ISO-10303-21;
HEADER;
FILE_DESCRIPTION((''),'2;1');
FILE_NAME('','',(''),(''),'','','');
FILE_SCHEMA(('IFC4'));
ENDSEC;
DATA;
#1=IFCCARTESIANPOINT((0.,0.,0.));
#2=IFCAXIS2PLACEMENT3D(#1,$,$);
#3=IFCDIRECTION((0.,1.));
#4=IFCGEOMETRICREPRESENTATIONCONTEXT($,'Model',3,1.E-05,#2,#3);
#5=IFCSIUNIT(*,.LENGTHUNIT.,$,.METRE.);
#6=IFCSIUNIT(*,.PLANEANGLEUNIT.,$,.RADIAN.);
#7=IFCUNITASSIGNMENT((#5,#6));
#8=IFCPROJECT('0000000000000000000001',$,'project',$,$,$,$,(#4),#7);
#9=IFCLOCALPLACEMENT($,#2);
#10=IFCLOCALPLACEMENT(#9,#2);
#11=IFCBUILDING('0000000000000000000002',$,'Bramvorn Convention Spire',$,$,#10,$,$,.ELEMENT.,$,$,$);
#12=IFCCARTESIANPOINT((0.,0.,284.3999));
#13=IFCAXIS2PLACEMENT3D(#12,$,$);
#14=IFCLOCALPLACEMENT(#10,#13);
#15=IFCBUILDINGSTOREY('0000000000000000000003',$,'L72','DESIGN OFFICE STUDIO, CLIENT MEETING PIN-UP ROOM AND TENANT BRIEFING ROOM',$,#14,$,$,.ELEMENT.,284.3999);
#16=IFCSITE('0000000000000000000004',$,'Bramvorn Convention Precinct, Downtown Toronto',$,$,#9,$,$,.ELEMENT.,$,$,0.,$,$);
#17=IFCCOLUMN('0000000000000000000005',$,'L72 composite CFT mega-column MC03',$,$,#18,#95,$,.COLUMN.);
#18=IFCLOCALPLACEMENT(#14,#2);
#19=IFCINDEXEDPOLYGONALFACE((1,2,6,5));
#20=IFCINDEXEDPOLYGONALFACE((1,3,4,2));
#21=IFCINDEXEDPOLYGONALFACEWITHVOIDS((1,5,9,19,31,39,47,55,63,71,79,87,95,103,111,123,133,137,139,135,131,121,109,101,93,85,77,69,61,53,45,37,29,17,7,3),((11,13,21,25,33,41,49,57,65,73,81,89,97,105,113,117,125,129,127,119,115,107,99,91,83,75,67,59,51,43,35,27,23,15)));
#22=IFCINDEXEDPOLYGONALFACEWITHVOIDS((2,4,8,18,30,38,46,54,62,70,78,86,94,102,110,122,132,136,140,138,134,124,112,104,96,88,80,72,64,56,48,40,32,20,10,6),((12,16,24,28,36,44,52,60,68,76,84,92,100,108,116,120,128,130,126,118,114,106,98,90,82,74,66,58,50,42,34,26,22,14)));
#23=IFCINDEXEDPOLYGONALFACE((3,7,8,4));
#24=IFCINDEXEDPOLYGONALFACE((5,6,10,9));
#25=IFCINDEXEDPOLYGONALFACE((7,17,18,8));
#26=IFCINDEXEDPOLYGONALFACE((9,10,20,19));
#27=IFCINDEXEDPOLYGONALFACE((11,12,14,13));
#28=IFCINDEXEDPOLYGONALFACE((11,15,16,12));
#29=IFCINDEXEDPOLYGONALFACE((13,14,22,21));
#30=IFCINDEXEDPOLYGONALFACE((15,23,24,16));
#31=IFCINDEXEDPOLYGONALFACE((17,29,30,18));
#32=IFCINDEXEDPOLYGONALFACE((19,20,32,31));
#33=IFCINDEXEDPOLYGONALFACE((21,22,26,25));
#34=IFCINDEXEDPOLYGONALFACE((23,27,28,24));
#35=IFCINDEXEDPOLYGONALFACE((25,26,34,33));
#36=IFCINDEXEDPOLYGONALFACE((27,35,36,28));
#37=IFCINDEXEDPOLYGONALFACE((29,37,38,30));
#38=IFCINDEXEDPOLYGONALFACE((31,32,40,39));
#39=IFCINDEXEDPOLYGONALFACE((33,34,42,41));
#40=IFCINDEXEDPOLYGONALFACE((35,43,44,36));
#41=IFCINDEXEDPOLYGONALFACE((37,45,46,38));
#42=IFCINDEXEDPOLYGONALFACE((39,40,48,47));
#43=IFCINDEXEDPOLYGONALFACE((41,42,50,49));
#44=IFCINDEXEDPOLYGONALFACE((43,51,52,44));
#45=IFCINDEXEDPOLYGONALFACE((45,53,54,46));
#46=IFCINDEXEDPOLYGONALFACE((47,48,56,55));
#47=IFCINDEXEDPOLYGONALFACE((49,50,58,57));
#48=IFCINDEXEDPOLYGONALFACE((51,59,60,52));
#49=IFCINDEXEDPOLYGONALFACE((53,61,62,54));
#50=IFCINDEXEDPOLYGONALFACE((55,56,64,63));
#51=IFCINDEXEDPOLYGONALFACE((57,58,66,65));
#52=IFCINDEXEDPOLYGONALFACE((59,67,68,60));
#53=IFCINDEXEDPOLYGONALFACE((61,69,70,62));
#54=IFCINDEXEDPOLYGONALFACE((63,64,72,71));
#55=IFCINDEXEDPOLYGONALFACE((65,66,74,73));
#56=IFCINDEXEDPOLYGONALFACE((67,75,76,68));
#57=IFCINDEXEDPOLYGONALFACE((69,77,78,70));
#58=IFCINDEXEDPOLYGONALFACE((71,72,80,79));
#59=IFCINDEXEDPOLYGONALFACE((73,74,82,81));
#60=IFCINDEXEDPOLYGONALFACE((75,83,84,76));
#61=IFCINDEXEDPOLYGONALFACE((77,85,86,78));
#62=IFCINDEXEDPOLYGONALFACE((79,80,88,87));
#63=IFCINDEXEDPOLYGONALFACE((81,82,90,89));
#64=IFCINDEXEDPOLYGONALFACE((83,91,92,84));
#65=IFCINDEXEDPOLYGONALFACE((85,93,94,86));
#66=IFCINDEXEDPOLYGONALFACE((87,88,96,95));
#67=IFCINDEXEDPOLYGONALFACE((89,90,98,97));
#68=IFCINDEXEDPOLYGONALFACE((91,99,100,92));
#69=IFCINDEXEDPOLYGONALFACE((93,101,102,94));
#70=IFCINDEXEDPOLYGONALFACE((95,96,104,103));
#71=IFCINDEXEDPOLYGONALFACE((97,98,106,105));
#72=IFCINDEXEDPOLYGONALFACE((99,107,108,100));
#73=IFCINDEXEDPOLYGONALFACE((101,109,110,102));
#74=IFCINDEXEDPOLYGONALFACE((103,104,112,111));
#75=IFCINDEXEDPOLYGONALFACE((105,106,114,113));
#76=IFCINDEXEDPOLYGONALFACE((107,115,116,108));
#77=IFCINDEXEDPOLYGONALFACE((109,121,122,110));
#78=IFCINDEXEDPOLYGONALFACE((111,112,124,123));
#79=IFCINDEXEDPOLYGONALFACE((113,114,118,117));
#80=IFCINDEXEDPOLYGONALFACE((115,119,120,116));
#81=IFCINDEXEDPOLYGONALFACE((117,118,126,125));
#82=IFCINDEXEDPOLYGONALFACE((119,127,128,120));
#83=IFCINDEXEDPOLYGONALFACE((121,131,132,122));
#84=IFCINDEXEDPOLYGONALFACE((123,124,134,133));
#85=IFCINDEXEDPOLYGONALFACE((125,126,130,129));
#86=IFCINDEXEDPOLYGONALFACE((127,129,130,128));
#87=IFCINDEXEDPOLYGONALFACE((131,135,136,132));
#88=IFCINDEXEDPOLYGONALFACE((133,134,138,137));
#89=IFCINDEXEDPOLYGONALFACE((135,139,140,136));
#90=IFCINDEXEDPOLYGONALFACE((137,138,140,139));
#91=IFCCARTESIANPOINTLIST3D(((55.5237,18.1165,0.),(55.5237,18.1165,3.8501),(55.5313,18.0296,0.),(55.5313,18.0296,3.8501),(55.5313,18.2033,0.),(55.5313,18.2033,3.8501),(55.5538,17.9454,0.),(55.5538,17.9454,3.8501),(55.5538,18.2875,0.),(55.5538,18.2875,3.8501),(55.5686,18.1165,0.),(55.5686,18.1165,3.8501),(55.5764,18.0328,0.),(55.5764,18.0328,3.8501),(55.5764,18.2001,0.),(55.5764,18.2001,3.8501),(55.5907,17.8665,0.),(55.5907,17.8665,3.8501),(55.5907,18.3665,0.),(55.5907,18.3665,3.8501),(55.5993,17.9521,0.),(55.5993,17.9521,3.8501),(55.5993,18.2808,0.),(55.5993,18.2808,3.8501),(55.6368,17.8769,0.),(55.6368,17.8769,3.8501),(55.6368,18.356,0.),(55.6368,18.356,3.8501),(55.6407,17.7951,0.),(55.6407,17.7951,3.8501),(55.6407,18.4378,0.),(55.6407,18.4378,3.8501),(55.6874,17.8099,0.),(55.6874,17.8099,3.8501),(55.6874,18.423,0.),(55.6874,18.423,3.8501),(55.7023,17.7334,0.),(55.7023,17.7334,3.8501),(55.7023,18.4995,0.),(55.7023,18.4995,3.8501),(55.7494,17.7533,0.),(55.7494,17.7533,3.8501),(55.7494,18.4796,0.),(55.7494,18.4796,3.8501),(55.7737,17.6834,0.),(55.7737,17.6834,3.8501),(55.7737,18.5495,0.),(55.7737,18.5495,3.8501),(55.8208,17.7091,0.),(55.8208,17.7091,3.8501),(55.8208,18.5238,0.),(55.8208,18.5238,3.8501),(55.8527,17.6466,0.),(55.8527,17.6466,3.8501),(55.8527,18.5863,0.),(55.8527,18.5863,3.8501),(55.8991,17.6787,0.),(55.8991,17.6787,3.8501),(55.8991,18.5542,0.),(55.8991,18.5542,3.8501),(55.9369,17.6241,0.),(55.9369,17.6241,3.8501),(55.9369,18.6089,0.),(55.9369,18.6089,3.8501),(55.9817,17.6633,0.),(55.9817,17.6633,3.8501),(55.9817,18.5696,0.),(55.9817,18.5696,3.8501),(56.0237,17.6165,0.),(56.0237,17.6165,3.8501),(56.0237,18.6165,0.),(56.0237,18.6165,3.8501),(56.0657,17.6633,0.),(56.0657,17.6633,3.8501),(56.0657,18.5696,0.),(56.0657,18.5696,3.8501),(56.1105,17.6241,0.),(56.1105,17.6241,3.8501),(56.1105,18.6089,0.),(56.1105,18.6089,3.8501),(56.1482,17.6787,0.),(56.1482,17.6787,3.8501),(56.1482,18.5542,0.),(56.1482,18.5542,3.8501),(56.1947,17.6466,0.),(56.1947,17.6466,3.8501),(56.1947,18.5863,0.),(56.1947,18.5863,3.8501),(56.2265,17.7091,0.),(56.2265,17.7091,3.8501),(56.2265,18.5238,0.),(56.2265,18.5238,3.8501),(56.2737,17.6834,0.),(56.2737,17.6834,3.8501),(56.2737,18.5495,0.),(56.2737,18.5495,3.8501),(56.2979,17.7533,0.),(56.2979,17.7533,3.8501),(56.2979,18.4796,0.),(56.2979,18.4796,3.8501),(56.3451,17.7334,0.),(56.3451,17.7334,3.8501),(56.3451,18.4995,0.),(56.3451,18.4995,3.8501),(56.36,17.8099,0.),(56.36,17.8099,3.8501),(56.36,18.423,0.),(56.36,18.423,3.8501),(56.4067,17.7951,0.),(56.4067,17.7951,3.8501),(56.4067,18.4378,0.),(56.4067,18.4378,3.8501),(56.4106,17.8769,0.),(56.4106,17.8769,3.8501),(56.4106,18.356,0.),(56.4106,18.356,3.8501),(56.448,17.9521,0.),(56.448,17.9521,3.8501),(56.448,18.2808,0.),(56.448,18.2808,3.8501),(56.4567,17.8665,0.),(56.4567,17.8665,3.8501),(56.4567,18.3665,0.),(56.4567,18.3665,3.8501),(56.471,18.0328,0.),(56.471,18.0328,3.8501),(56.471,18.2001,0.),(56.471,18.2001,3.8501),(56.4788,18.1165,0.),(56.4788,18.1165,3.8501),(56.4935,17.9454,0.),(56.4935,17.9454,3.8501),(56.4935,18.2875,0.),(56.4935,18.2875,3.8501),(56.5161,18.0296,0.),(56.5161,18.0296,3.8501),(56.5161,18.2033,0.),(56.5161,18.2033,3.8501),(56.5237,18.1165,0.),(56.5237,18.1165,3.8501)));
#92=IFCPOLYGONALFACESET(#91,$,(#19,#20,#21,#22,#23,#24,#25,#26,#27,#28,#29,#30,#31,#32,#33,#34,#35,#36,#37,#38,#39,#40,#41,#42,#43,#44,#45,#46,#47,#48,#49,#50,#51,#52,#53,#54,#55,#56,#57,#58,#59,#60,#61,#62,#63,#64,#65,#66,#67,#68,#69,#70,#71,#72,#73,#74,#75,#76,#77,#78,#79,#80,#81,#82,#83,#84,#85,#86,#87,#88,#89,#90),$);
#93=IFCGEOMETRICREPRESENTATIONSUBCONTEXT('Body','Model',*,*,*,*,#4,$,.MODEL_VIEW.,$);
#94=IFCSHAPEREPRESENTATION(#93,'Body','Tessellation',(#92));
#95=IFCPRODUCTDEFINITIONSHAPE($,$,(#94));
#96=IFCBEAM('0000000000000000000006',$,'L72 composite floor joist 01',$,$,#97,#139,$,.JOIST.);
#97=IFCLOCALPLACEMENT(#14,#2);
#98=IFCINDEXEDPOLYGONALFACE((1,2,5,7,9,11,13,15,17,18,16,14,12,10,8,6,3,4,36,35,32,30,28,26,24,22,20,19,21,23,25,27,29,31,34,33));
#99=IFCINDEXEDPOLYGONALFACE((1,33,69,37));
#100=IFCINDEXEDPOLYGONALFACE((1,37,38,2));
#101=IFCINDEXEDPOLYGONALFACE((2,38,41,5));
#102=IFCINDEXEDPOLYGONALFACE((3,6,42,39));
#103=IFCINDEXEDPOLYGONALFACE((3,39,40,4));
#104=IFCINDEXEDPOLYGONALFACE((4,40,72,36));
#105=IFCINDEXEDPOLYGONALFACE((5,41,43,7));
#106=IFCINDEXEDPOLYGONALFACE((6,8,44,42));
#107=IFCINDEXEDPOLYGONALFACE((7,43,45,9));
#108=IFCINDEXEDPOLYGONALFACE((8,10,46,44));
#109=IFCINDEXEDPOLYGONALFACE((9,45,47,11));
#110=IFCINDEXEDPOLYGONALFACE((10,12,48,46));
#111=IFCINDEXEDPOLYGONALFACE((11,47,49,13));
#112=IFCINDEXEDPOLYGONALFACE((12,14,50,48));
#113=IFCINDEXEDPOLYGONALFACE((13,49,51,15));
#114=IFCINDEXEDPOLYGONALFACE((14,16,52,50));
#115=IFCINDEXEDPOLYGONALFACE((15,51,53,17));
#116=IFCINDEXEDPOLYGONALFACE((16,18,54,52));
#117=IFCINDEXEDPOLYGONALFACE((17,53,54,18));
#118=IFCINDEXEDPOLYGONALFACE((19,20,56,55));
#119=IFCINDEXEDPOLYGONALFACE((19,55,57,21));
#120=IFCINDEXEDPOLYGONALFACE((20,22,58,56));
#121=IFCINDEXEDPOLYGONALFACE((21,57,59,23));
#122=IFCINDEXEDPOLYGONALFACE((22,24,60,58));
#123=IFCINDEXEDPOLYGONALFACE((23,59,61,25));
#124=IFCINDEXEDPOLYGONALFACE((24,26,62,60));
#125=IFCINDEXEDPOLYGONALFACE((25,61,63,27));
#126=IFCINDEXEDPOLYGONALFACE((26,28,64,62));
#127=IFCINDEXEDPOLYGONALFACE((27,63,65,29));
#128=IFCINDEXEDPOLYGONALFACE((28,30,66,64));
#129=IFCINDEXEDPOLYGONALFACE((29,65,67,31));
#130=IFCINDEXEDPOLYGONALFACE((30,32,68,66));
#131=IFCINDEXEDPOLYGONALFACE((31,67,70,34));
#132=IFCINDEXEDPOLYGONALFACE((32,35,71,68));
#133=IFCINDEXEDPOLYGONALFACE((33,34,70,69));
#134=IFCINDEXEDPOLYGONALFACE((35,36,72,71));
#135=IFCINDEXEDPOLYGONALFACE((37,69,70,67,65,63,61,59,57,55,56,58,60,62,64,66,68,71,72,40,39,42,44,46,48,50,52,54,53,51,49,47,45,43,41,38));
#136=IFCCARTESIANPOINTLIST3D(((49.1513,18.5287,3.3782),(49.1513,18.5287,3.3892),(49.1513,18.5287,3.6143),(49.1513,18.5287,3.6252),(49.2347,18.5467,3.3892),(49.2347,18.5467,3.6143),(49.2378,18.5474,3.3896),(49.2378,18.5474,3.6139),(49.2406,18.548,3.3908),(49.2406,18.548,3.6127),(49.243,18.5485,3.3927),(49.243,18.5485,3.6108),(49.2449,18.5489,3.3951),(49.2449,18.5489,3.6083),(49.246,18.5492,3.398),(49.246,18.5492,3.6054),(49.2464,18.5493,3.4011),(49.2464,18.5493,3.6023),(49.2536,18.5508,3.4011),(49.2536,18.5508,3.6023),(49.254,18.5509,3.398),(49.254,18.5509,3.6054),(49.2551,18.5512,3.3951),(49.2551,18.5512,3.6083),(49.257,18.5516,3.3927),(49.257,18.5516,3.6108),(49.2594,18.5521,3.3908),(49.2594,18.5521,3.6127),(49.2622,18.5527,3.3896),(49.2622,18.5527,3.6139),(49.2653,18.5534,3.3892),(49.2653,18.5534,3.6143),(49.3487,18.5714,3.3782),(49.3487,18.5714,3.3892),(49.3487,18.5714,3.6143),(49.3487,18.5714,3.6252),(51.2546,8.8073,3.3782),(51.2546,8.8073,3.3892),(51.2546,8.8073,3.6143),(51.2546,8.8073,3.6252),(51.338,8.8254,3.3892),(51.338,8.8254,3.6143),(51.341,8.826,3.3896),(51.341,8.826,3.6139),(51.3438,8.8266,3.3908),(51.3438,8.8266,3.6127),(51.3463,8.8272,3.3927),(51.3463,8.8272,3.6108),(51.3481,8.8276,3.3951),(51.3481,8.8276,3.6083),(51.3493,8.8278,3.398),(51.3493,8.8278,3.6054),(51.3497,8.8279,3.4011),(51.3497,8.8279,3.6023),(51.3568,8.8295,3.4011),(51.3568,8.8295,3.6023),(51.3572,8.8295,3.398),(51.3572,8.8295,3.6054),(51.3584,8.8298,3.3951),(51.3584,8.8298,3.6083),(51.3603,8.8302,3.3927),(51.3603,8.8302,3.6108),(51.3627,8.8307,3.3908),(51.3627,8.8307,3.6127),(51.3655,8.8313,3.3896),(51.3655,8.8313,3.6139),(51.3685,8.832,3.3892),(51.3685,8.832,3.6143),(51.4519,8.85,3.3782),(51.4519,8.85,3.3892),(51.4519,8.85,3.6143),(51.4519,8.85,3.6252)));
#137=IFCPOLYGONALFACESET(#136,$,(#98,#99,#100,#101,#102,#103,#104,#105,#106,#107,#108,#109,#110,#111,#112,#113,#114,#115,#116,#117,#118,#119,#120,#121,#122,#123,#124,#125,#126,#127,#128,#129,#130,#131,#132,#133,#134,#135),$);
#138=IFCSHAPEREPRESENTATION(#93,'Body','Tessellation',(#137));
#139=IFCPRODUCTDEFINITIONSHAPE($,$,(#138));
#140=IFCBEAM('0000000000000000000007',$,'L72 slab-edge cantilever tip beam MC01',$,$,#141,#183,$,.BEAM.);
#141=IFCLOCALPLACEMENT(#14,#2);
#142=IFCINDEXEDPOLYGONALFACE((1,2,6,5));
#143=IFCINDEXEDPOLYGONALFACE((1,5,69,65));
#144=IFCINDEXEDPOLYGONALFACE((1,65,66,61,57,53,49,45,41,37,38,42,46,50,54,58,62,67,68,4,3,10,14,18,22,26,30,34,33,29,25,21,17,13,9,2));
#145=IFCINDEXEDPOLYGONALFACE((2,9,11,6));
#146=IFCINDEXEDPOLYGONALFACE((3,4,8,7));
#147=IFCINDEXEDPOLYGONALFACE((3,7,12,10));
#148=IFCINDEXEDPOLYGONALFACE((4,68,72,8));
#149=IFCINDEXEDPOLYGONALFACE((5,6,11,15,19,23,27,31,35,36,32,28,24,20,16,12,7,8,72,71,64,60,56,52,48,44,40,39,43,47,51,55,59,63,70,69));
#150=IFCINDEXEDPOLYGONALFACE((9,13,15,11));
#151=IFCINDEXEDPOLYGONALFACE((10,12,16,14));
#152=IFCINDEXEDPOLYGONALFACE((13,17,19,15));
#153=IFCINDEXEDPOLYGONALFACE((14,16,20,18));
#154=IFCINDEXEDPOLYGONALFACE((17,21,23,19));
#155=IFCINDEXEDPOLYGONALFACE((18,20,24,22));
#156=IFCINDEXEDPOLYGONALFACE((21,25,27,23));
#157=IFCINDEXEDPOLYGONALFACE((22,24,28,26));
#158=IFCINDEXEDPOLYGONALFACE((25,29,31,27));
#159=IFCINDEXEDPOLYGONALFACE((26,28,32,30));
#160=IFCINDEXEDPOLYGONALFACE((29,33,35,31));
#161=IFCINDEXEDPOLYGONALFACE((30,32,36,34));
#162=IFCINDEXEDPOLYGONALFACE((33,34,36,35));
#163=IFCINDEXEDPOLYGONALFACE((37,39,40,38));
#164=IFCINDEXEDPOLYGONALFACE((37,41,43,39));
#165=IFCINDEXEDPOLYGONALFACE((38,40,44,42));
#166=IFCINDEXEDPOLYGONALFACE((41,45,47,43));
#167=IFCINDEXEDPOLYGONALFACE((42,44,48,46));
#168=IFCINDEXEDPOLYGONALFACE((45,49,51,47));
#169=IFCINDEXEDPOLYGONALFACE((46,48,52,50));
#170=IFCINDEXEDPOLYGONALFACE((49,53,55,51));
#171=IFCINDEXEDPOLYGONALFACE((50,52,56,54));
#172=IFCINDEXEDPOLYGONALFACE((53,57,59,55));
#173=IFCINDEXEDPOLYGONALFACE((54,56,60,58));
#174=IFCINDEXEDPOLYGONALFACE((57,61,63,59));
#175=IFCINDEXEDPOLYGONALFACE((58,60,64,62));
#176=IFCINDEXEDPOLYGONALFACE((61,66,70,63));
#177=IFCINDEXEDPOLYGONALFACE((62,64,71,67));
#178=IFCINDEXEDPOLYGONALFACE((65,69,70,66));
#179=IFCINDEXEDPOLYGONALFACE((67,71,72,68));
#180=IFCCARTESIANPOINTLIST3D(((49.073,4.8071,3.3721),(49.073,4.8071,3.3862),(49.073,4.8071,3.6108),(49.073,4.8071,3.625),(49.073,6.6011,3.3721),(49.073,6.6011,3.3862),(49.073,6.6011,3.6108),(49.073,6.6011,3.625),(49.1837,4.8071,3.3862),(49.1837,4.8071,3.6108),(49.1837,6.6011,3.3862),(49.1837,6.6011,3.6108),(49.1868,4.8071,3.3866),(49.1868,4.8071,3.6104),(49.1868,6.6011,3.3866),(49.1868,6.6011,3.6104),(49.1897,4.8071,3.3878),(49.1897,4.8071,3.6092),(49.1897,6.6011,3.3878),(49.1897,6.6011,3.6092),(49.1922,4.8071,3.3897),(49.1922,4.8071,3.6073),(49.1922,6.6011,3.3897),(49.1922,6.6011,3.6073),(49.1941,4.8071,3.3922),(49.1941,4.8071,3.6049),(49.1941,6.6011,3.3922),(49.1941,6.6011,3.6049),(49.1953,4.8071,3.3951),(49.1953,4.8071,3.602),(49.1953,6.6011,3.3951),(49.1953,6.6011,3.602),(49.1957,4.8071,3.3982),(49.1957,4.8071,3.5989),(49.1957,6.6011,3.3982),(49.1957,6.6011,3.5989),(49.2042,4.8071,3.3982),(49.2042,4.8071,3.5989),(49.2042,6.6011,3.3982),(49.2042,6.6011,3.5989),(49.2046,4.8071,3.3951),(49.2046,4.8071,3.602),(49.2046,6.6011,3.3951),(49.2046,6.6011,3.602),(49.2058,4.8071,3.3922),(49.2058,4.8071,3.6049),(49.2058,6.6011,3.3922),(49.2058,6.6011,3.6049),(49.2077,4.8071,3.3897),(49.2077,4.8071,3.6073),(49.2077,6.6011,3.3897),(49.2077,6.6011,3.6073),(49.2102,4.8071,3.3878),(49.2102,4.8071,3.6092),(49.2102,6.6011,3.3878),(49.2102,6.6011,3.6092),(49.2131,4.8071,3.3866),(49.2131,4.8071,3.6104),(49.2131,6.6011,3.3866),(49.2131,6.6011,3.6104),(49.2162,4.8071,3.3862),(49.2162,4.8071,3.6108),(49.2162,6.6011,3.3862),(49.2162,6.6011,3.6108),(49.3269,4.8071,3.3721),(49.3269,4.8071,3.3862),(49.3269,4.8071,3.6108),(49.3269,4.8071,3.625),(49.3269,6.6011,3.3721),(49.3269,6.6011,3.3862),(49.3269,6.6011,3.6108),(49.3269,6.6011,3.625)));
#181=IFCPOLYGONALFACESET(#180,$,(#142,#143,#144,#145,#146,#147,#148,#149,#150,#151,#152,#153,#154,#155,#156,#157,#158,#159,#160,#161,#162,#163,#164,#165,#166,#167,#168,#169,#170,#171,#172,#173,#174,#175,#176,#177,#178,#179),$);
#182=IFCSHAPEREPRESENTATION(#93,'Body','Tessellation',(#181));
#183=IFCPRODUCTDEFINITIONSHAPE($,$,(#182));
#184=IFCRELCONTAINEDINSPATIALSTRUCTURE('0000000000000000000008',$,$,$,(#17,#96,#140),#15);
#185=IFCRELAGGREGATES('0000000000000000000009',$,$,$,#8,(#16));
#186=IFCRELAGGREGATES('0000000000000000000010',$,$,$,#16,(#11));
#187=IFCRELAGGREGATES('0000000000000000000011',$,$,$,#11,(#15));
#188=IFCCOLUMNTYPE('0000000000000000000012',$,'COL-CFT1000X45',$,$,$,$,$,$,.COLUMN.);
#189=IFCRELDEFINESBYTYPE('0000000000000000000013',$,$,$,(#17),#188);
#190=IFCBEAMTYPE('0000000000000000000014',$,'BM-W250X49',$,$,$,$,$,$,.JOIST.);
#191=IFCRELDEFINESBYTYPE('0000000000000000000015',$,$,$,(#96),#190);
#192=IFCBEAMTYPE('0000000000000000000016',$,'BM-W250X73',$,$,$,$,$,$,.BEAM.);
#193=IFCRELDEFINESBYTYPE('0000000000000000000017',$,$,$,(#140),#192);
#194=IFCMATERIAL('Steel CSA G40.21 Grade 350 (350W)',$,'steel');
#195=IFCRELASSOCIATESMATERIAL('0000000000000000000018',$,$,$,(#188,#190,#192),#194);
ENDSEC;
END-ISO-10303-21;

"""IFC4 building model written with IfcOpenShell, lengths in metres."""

from ifc_helpers import new_model, si_unit, direction, frame, origin, origin_2d, place, context, subcontext, project, spatial, hollow_circle, i_section, extrude, material, material_profile, profile_set, type_object, element, save


model = new_model("IFC4")

# Units and contexts
model_context = context("Model", 3, precision=1e-05, world=origin(), true_north=direction((0.0, 1.0)))
body_context = subcontext(model_context, "Body", "Model", "MODEL_VIEW")
ifc_project = project(units=[si_unit("LENGTHUNIT", "METRE"), si_unit("PLANEANGLEUNIT", "RADIAN")], contexts=[model_context])

# Site, building, storey
site_placement = place(None, origin())
site = spatial("IfcSite", under=ifc_project, at=site_placement, Name="Bramvorn Convention Precinct, Downtown Toronto", CompositionType="ELEMENT", RefElevation=0.0)
building_placement = place(site_placement, origin())
building = spatial("IfcBuilding", under=site, at=building_placement, Name="Bramvorn Convention Spire", CompositionType="ELEMENT")
storey_placement = place(building_placement, frame((0.0, 0.0, 284.3999)))
storey = spatial("IfcBuildingStorey", under=building, at=storey_placement, Name="L72", Description="DESIGN OFFICE STUDIO, CLIENT MEETING PIN-UP ROOM AND TENANT BRIEFING ROOM", CompositionType="ELEMENT", Elevation=284.3999)

# Column
ifc_material_1 = material(Name="Steel CSA G40.21 Grade 350 (350W)", Category="steel")
ifc_material_profile_1 = material_profile(ifc_material_1, hollow_circle(Radius=0.5, WallThickness=0.0449, at=origin_2d()))
ifc_profile_set_1 = profile_set([ifc_material_profile_1], Name="Steel CSA G40.21 Grade 350 (350W) - CFT1000X45")
column_type = type_object("IfcColumnType", Name="COL-CFT1000X45", PredefinedType="COLUMN", material=ifc_profile_set_1)
for number, where, z_axis, x_axis, name in (
    (1, (56.0237, 18.1165, 0.0), (0.0, 0.0, 1.0), (1.0, 0.0, 0.0), "L72 composite CFT mega-column MC03"),
):
    element("IfcColumn", number, at=place(storey_placement, frame(where, z_axis=z_axis, x_axis=x_axis)), inside=storey, type_object=column_type, Name=name, PredefinedType="COLUMN", context=body_context, shape_type="SweptSolid", body=[
        extrude(hollow_circle(Radius=0.5, WallThickness=0.0449, at=origin_2d()), origin(), (0.0, 0.0, 1.0), 3.8501),
    ])

# Beams
ifc_material_profile_2 = material_profile(ifc_material_1, i_section(OverallWidth=0.2019, OverallDepth=0.2471, WebThickness=0.0073, FlangeThickness=0.011, FilletRadius=0.012, at=origin_2d()))
ifc_profile_set_2 = profile_set([ifc_material_profile_2], Name="Steel CSA G40.21 Grade 350 (350W) - W250X49")
beam_type_1 = type_object("IfcBeamType", Name="BM-W250X49", PredefinedType="JOIST", material=ifc_profile_set_2)
beam_1_placement = place(storey_placement, frame((49.25, 18.55, 3.5017), z_axis=(0.211461, -0.977386, 0.0), x_axis=(0.977386, 0.211461, 0.0)))
element("IfcBeam", 2, at=beam_1_placement, inside=storey, type_object=beam_type_1, Name="L72 composite floor joist 01", PredefinedType="JOIST", context=body_context, shape_type="SweptSolid", body=[
    extrude(i_section(OverallWidth=0.2019, OverallDepth=0.2471, WebThickness=0.0073, FlangeThickness=0.011, FilletRadius=0.012, at=origin_2d()), origin(), (0.0, 0.0, 1.0), 9.9463),
])
ifc_material_profile_3 = material_profile(ifc_material_1, i_section(OverallWidth=0.2539, OverallDepth=0.2529, WebThickness=0.0085, FlangeThickness=0.0142, FilletRadius=0.012, at=origin_2d()))
ifc_profile_set_3 = profile_set([ifc_material_profile_3], Name="Steel CSA G40.21 Grade 350 (350W) - W250X73")
beam_type_2 = type_object("IfcBeamType", Name="BM-W250X73", PredefinedType="BEAM", material=ifc_profile_set_3)
beam_2_placement = place(storey_placement, frame((49.2, 6.6011, 3.4985), z_axis=(0.0, -1.0, 0.0), x_axis=(1.0, 0.0, 0.0)))
element("IfcBeam", 3, at=beam_2_placement, inside=storey, type_object=beam_type_2, Name="L72 slab-edge cantilever tip beam MC01", PredefinedType="BEAM", context=body_context, shape_type="SweptSolid", body=[
    extrude(i_section(OverallWidth=0.2539, OverallDepth=0.2529, WebThickness=0.0085, FlangeThickness=0.0142, FilletRadius=0.012, at=origin_2d()), origin(), (0.0, 0.0, 1.0), 1.7939),
])

save(model, "model.ifc")
